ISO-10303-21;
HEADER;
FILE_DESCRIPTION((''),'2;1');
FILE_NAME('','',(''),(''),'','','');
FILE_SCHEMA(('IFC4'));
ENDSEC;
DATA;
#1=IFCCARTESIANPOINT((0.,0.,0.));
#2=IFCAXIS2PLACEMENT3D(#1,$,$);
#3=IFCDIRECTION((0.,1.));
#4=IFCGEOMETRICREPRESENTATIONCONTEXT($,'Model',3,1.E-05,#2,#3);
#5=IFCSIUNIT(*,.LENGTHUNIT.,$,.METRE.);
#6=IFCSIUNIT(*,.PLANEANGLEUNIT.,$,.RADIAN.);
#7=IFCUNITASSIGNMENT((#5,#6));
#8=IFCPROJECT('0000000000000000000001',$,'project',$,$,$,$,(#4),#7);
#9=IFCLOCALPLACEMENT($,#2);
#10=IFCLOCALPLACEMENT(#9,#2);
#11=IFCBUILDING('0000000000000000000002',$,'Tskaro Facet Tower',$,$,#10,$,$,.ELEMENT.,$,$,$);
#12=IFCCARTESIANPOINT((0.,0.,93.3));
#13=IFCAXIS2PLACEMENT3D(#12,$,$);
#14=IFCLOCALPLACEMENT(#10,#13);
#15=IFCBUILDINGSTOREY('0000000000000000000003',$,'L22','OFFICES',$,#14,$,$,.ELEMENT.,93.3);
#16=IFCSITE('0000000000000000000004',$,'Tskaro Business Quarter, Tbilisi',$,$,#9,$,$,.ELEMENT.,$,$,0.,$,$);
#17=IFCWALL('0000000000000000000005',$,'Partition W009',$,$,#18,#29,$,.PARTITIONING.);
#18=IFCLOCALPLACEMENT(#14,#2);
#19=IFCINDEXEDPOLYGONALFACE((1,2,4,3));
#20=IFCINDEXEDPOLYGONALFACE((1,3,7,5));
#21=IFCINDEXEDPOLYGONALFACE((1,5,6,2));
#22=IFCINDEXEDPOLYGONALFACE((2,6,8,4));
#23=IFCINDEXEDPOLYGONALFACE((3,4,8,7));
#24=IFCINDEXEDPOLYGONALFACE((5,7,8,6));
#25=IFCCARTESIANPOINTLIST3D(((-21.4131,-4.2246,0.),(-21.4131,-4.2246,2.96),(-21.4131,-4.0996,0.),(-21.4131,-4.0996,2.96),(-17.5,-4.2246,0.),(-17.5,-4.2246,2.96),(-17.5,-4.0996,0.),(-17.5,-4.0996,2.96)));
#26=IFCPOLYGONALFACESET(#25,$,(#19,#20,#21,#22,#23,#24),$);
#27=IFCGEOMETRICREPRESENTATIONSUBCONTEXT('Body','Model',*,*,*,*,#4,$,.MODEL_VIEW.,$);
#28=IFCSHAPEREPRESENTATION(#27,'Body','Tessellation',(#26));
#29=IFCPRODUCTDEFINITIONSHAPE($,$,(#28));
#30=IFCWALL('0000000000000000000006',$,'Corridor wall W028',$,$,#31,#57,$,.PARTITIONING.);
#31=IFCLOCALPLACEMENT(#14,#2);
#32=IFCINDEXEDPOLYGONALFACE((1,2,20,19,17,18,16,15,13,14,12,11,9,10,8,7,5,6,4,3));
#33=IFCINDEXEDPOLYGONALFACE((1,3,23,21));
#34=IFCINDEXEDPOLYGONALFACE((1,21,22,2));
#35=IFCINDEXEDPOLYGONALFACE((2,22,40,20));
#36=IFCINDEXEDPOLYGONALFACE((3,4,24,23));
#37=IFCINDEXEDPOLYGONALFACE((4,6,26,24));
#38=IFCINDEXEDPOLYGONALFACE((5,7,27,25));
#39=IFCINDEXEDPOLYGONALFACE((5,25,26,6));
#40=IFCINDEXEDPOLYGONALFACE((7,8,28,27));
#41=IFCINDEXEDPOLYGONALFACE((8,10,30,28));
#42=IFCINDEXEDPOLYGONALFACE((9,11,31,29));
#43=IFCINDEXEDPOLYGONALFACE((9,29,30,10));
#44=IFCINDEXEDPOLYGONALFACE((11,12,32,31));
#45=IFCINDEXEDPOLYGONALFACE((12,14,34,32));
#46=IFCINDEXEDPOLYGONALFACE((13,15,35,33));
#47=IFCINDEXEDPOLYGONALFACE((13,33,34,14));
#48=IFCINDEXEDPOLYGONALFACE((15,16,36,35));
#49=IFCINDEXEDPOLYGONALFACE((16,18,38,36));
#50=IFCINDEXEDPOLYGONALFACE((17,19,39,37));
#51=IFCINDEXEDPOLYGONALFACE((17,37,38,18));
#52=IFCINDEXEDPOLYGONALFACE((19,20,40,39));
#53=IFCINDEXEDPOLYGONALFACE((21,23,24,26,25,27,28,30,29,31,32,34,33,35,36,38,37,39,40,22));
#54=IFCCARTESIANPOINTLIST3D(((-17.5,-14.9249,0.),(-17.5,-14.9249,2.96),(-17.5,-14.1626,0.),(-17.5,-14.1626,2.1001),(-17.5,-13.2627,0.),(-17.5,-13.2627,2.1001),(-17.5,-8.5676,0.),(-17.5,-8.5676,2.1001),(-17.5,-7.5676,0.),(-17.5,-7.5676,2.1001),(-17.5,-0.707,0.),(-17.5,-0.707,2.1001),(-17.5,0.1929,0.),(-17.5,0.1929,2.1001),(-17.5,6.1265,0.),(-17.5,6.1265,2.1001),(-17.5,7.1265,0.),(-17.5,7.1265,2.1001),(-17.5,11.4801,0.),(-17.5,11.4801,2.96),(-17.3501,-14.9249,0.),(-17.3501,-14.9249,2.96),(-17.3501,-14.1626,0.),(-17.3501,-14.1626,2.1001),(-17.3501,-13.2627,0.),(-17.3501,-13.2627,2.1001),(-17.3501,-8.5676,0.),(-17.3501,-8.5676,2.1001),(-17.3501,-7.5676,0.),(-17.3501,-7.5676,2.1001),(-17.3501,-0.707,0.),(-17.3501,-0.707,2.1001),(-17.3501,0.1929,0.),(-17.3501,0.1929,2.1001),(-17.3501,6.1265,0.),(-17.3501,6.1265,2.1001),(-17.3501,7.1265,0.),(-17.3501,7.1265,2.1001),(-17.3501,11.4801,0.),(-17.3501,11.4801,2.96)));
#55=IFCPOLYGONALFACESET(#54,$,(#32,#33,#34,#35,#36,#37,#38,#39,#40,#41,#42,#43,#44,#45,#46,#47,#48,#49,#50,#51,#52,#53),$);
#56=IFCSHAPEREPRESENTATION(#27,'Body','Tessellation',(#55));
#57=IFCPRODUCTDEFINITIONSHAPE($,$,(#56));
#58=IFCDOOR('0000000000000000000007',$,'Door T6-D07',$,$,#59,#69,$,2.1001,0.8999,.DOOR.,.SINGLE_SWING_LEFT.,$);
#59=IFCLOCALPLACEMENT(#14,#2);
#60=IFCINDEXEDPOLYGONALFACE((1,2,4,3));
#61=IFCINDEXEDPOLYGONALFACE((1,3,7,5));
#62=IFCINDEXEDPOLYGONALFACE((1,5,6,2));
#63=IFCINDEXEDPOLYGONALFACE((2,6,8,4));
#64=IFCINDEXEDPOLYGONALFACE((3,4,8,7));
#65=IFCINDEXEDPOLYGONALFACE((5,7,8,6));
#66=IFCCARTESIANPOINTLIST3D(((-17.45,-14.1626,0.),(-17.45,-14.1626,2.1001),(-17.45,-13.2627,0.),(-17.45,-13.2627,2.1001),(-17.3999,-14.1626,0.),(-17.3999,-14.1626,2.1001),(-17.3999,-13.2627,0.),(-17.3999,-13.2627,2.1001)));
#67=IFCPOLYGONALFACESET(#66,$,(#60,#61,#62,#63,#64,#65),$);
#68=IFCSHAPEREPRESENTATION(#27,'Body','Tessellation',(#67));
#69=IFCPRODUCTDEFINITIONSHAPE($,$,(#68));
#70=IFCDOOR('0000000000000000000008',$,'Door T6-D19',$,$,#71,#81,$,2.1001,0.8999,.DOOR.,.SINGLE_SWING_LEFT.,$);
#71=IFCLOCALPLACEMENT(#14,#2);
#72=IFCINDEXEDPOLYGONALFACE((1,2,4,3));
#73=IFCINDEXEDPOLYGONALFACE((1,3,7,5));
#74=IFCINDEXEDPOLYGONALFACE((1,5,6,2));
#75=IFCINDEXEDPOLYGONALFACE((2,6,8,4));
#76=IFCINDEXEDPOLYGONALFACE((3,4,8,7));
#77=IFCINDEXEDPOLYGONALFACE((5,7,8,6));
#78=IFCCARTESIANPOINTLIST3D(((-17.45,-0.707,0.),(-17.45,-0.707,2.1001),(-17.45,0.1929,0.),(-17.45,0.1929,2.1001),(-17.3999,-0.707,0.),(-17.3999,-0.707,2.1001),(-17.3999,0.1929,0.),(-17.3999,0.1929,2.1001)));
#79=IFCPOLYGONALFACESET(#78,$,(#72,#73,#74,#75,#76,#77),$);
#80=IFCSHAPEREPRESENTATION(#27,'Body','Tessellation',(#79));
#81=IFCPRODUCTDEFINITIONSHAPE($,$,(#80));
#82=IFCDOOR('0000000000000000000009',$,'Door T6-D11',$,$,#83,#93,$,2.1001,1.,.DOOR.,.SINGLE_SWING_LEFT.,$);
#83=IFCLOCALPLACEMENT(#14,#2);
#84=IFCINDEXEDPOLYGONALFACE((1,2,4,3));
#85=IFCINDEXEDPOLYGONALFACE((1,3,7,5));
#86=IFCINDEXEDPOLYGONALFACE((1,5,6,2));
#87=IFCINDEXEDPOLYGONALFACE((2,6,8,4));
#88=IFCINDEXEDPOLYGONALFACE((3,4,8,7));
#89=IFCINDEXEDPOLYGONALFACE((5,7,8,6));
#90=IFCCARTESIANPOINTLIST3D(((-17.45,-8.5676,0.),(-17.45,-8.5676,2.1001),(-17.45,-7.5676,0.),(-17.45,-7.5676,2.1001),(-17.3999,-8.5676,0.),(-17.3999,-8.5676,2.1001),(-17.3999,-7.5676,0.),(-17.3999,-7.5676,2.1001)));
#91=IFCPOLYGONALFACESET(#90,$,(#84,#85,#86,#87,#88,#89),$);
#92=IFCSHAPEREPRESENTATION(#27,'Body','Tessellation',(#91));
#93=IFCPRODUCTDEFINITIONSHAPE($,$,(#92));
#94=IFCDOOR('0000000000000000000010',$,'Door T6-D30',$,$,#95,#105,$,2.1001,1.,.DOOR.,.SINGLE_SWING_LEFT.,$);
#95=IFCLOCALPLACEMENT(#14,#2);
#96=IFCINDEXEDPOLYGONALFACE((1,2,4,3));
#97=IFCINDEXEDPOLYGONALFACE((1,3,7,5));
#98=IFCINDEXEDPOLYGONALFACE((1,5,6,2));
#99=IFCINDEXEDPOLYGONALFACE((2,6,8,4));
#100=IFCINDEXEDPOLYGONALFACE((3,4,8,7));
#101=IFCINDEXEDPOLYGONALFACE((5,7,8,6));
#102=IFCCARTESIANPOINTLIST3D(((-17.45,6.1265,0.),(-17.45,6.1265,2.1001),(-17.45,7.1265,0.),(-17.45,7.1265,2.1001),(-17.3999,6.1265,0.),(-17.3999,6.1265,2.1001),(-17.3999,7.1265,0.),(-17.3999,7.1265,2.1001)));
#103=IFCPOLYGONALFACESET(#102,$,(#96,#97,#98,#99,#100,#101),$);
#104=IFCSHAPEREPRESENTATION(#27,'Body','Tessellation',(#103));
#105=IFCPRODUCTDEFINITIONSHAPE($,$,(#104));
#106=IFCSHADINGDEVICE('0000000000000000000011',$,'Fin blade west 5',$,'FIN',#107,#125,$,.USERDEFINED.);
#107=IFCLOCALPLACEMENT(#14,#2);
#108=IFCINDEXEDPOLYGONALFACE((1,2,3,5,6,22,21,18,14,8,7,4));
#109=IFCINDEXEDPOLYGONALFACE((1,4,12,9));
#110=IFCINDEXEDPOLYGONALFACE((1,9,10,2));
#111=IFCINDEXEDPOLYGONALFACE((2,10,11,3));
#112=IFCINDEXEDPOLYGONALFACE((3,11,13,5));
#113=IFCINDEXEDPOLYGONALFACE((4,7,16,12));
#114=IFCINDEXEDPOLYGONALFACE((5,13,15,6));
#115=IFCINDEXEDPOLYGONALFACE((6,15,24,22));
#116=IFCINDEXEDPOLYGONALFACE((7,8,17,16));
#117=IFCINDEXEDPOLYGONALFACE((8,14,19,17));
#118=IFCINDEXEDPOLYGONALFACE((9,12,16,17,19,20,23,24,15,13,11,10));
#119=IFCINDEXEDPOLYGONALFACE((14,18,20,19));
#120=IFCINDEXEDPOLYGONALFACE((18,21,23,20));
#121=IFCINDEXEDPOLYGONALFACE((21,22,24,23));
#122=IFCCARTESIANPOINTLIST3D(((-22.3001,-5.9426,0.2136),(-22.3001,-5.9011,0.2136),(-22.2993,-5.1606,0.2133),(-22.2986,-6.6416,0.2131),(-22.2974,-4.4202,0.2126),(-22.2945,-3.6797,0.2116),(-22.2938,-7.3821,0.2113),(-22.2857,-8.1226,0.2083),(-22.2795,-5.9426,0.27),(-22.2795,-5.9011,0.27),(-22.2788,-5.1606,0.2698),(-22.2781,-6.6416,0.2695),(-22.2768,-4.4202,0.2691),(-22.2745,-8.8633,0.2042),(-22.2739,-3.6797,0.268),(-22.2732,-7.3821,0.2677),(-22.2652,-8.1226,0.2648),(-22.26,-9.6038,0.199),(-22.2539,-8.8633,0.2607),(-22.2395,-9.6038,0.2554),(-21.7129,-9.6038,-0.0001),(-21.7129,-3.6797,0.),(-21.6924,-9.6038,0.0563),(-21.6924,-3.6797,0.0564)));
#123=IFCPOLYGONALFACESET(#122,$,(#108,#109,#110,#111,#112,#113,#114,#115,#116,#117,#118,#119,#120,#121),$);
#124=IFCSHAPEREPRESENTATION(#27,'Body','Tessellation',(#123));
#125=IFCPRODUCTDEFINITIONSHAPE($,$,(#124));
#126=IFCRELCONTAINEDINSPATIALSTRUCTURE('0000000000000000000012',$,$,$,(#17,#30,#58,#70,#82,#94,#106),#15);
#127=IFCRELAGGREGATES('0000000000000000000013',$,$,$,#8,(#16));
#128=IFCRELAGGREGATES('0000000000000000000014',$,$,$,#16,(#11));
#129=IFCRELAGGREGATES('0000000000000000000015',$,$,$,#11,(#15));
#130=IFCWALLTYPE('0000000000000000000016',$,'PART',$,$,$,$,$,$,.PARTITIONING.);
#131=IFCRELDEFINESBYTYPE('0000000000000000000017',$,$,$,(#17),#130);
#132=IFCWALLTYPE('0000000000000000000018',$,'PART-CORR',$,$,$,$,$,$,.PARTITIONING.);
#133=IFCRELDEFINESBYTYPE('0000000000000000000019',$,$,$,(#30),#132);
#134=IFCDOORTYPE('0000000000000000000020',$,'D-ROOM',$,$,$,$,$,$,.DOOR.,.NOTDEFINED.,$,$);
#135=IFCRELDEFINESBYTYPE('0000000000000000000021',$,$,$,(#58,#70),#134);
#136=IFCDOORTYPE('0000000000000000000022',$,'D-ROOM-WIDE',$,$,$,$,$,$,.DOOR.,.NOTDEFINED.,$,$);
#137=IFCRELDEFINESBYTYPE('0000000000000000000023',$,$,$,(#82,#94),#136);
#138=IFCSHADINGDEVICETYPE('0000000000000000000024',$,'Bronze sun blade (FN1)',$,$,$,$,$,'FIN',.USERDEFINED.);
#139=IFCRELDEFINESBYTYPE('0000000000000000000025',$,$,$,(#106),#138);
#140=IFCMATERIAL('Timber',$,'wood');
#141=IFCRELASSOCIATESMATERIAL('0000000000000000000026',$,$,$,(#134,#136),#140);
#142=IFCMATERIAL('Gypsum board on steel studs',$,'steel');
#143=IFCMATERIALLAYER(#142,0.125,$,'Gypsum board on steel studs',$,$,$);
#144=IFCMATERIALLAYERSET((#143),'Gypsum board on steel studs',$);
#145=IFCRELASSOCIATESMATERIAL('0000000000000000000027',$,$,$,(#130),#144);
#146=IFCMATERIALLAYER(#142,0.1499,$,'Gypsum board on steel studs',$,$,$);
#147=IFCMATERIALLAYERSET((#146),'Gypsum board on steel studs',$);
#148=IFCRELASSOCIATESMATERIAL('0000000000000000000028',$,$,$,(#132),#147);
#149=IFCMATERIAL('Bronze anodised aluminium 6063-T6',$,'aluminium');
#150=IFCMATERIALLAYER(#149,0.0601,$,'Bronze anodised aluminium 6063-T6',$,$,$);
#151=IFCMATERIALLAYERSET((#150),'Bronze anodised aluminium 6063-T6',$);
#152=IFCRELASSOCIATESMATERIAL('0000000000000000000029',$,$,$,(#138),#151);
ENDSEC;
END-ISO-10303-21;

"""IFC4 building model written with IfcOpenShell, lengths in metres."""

from ifc_helpers import new_model, si_unit, direction, frame, frame_2d, origin, place, context, subcontext, project, spatial, polyline, rectangle, outline, extrude, material, layer, layer_set, type_object, element, fill, save


model = new_model("IFC4")

# Units and contexts
model_context = context("Model", 3, precision=1e-05, world=origin(), true_north=direction((0.0, 1.0)))
body_context = subcontext(model_context, "Body", "Model", "MODEL_VIEW")
ifc_project = project(units=[si_unit("LENGTHUNIT", "METRE"), si_unit("PLANEANGLEUNIT", "RADIAN")], contexts=[model_context])

# Site, building, storey
site_placement = place(None, origin())
site = spatial("IfcSite", under=ifc_project, at=site_placement, Name="Tskaro Business Quarter, Tbilisi", CompositionType="ELEMENT", RefElevation=0.0)
building_placement = place(site_placement, origin())
building = spatial("IfcBuilding", under=site, at=building_placement, Name="Tskaro Facet Tower", CompositionType="ELEMENT")
storey_placement = place(building_placement, frame((0.0, 0.0, 93.3)))
storey = spatial("IfcBuildingStorey", under=building, at=storey_placement, Name="L22", Description="OFFICES", CompositionType="ELEMENT", Elevation=93.3)

# Shared definitions
ifc_material_1 = material(Name="Bronze anodised aluminium 6063-T6", Category="aluminium")

# Shared definitions
ifc_material_2 = material(Name="Timber", Category="wood")
door_type_1 = type_object("IfcDoorType", Name="D-ROOM", OperationType="NOTDEFINED", PredefinedType="DOOR", material=ifc_material_2)

# Wall
ifc_material_3 = material(Name="Gypsum board on steel studs", Category="steel")
ifc_layer_1 = layer(ifc_material_3, 0.125, Name="Gypsum board on steel studs")
ifc_layer_set_1 = layer_set([ifc_layer_1], Name="Gypsum board on steel studs")
wall_type_1 = type_object("IfcWallType", Name="PART", PredefinedType="PARTITIONING", material=ifc_layer_set_1)
for number, where, z_axis, x_axis, name in (
    (1, (-21.4131, -4.1621, 0.0), (0.0, 0.0, 1.0), (1.0, 0.0, 0.0), "Partition W009"),
):
    element("IfcWall", number, at=place(storey_placement, frame(where, z_axis=z_axis, x_axis=x_axis)), inside=storey, type_object=wall_type_1, Name=name, PredefinedType="PARTITIONING", context=body_context, shape_type="SweptSolid", body=[
        extrude(rectangle(XDim=3.9131, YDim=0.125, at=frame_2d((1.9565, 0.0))), origin(), (0.0, 0.0, 1.0), 2.96),
    ])

# Wall, openings, doors
ifc_layer_2 = layer(ifc_material_3, 0.1499, Name="Gypsum board on steel studs")
ifc_layer_set_2 = layer_set([ifc_layer_2], Name="Gypsum board on steel studs")
wall_type_2 = type_object("IfcWallType", Name="PART-CORR", PredefinedType="PARTITIONING", material=ifc_layer_set_2)
wall_1_placement = place(storey_placement, frame((-17.425, -14.925, 0.0), z_axis=(0.0, 0.0, 1.0), x_axis=(0.0, 1.0, 0.0)))
wall_1 = element("IfcWall", 2, at=wall_1_placement, inside=storey, type_object=wall_type_2, Name="Corridor wall W028", PredefinedType="PARTITIONING", context=body_context, shape_type="SweptSolid", body=[
    extrude(rectangle(XDim=26.405, YDim=0.1499, at=frame_2d((13.2026, 0.0))), origin(), (0.0, 0.0, 1.0), 2.96),
])
opening_1_placement = place(wall_1_placement, frame((0.7625, 0.0, 0.0)))
opening_1 = element("IfcOpeningElement", 3, at=opening_1_placement, cuts=wall_1, PredefinedType="OPENING", context=body_context, shape_type="SweptSolid", body=[
    extrude(rectangle(XDim=0.8999, YDim=2.1001, at=frame_2d((0.45, 1.05))), frame((0.0, 0.085, 0.0), z_axis=(0.0, -1.0, 0.0), x_axis=(1.0, 0.0, 0.0)), (0.0, 0.0, 1.0), 0.1699),
])
opening_2_placement = place(wall_1_placement, frame((6.3574, 0.0, 0.0)))
opening_2 = element("IfcOpeningElement", 4, at=opening_2_placement, cuts=wall_1, PredefinedType="OPENING", context=body_context, shape_type="SweptSolid", body=[
    extrude(rectangle(XDim=1.0, YDim=2.1001, at=frame_2d((0.5, 1.05))), frame((0.0, 0.085, 0.0), z_axis=(0.0, -1.0, 0.0), x_axis=(1.0, 0.0, 0.0)), (0.0, 0.0, 1.0), 0.1699),
])
opening_3_placement = place(wall_1_placement, frame((14.218, 0.0, 0.0)))
opening_3 = element("IfcOpeningElement", 5, at=opening_3_placement, cuts=wall_1, PredefinedType="OPENING", context=body_context, shape_type="SweptSolid", body=[
    extrude(rectangle(XDim=0.8999, YDim=2.1001, at=frame_2d((0.45, 1.05))), frame((0.0, 0.085, 0.0), z_axis=(0.0, -1.0, 0.0), x_axis=(1.0, 0.0, 0.0)), (0.0, 0.0, 1.0), 0.1699),
])
opening_4_placement = place(wall_1_placement, frame((21.0515, 0.0, 0.0)))
opening_4 = element("IfcOpeningElement", 6, at=opening_4_placement, cuts=wall_1, PredefinedType="OPENING", context=body_context, shape_type="SweptSolid", body=[
    extrude(rectangle(XDim=1.0, YDim=2.1001, at=frame_2d((0.5, 1.05))), frame((0.0, 0.085, 0.0), z_axis=(0.0, -1.0, 0.0), x_axis=(1.0, 0.0, 0.0)), (0.0, 0.0, 1.0), 0.1699),
])
door_1_placement = place(opening_1_placement, origin())
door_1 = element("IfcDoor", 7, at=door_1_placement, inside=storey, type_object=door_type_1, Name="Door T6-D07", OperationType="SINGLE_SWING_LEFT", OverallHeight=2.1001, OverallWidth=0.8999, PredefinedType="DOOR", context=body_context, shape_type="SweptSolid", body=[
    extrude(rectangle(XDim=0.8999, YDim=2.1001, at=frame_2d((0.45, 1.05))), frame((0.0, 0.0249, 0.0), z_axis=(0.0, -1.0, 0.0), x_axis=(1.0, 0.0, 0.0)), (0.0, 0.0, 1.0), 0.05),
])
fill(opening_1, door_1)
door_2_placement = place(opening_3_placement, origin())
door_2 = element("IfcDoor", 8, at=door_2_placement, inside=storey, type_object=door_type_1, Name="Door T6-D19", OperationType="SINGLE_SWING_LEFT", OverallHeight=2.1001, OverallWidth=0.8999, PredefinedType="DOOR", context=body_context, shape_type="SweptSolid", body=[
    extrude(rectangle(XDim=0.8999, YDim=2.1001, at=frame_2d((0.45, 1.05))), frame((0.0, 0.0249, 0.0), z_axis=(0.0, -1.0, 0.0), x_axis=(1.0, 0.0, 0.0)), (0.0, 0.0, 1.0), 0.05),
])
fill(opening_3, door_2)
door_type_2 = type_object("IfcDoorType", Name="D-ROOM-WIDE", OperationType="NOTDEFINED", PredefinedType="DOOR", material=ifc_material_2)
door_3_placement = place(opening_2_placement, origin())
door_3 = element("IfcDoor", 9, at=door_3_placement, inside=storey, type_object=door_type_2, Name="Door T6-D11", OperationType="SINGLE_SWING_LEFT", OverallHeight=2.1001, OverallWidth=1.0, PredefinedType="DOOR", context=body_context, shape_type="SweptSolid", body=[
    extrude(rectangle(XDim=1.0, YDim=2.1001, at=frame_2d((0.5, 1.05))), frame((0.0, 0.0249, 0.0), z_axis=(0.0, -1.0, 0.0), x_axis=(1.0, 0.0, 0.0)), (0.0, 0.0, 1.0), 0.05),
])
fill(opening_2, door_3)
door_4_placement = place(opening_4_placement, origin())
door_4 = element("IfcDoor", 10, at=door_4_placement, inside=storey, type_object=door_type_2, Name="Door T6-D30", OperationType="SINGLE_SWING_LEFT", OverallHeight=2.1001, OverallWidth=1.0, PredefinedType="DOOR", context=body_context, shape_type="SweptSolid", body=[
    extrude(rectangle(XDim=1.0, YDim=2.1001, at=frame_2d((0.5, 1.05))), frame((0.0, 0.0249, 0.0), z_axis=(0.0, -1.0, 0.0), x_axis=(1.0, 0.0, 0.0)), (0.0, 0.0, 1.0), 0.05),
])
fill(opening_4, door_4)

# Shading device
ifc_layer_3 = layer(ifc_material_1, 0.0601, Name="Bronze anodised aluminium 6063-T6")
ifc_layer_set_3 = layer_set([ifc_layer_3], Name="Bronze anodised aluminium 6063-T6")
shading_device_type = type_object("IfcShadingDeviceType", Name="Bronze sun blade (FN1)", ElementType="FIN", PredefinedType="USERDEFINED", material=ifc_layer_set_3)
shading_device_1_placement = place(storey_placement, frame((-21.6924, -3.6797, 0.0564), z_axis=(0.341962, -0.000013, 0.939714), x_axis=(-0.000004, -1.0, -0.000012)))
element("IfcShadingDevice", 11, at=shading_device_1_placement, inside=storey, type_object=shading_device_type, Name="Fin blade west 5", ObjectType="FIN", PredefinedType="USERDEFINED", context=body_context, shape_type="SweptSolid", body=[
    extrude(outline(polyline([(0.0, 0.0), (5.9241, 0.0), (5.9241, -0.5822), (5.1836, -0.5975), (4.4429, -0.6095), (3.7024, -0.6181), (2.9619, -0.6233), (2.2629, -0.6248), (2.2214, -0.6248), (1.481, -0.624), (0.7405, -0.622), (0.0, -0.6189), (0.0, 0.0)])), origin(), (0.0, 0.0, -1.0), 0.0601),
])

save(model, "model.ifc")
